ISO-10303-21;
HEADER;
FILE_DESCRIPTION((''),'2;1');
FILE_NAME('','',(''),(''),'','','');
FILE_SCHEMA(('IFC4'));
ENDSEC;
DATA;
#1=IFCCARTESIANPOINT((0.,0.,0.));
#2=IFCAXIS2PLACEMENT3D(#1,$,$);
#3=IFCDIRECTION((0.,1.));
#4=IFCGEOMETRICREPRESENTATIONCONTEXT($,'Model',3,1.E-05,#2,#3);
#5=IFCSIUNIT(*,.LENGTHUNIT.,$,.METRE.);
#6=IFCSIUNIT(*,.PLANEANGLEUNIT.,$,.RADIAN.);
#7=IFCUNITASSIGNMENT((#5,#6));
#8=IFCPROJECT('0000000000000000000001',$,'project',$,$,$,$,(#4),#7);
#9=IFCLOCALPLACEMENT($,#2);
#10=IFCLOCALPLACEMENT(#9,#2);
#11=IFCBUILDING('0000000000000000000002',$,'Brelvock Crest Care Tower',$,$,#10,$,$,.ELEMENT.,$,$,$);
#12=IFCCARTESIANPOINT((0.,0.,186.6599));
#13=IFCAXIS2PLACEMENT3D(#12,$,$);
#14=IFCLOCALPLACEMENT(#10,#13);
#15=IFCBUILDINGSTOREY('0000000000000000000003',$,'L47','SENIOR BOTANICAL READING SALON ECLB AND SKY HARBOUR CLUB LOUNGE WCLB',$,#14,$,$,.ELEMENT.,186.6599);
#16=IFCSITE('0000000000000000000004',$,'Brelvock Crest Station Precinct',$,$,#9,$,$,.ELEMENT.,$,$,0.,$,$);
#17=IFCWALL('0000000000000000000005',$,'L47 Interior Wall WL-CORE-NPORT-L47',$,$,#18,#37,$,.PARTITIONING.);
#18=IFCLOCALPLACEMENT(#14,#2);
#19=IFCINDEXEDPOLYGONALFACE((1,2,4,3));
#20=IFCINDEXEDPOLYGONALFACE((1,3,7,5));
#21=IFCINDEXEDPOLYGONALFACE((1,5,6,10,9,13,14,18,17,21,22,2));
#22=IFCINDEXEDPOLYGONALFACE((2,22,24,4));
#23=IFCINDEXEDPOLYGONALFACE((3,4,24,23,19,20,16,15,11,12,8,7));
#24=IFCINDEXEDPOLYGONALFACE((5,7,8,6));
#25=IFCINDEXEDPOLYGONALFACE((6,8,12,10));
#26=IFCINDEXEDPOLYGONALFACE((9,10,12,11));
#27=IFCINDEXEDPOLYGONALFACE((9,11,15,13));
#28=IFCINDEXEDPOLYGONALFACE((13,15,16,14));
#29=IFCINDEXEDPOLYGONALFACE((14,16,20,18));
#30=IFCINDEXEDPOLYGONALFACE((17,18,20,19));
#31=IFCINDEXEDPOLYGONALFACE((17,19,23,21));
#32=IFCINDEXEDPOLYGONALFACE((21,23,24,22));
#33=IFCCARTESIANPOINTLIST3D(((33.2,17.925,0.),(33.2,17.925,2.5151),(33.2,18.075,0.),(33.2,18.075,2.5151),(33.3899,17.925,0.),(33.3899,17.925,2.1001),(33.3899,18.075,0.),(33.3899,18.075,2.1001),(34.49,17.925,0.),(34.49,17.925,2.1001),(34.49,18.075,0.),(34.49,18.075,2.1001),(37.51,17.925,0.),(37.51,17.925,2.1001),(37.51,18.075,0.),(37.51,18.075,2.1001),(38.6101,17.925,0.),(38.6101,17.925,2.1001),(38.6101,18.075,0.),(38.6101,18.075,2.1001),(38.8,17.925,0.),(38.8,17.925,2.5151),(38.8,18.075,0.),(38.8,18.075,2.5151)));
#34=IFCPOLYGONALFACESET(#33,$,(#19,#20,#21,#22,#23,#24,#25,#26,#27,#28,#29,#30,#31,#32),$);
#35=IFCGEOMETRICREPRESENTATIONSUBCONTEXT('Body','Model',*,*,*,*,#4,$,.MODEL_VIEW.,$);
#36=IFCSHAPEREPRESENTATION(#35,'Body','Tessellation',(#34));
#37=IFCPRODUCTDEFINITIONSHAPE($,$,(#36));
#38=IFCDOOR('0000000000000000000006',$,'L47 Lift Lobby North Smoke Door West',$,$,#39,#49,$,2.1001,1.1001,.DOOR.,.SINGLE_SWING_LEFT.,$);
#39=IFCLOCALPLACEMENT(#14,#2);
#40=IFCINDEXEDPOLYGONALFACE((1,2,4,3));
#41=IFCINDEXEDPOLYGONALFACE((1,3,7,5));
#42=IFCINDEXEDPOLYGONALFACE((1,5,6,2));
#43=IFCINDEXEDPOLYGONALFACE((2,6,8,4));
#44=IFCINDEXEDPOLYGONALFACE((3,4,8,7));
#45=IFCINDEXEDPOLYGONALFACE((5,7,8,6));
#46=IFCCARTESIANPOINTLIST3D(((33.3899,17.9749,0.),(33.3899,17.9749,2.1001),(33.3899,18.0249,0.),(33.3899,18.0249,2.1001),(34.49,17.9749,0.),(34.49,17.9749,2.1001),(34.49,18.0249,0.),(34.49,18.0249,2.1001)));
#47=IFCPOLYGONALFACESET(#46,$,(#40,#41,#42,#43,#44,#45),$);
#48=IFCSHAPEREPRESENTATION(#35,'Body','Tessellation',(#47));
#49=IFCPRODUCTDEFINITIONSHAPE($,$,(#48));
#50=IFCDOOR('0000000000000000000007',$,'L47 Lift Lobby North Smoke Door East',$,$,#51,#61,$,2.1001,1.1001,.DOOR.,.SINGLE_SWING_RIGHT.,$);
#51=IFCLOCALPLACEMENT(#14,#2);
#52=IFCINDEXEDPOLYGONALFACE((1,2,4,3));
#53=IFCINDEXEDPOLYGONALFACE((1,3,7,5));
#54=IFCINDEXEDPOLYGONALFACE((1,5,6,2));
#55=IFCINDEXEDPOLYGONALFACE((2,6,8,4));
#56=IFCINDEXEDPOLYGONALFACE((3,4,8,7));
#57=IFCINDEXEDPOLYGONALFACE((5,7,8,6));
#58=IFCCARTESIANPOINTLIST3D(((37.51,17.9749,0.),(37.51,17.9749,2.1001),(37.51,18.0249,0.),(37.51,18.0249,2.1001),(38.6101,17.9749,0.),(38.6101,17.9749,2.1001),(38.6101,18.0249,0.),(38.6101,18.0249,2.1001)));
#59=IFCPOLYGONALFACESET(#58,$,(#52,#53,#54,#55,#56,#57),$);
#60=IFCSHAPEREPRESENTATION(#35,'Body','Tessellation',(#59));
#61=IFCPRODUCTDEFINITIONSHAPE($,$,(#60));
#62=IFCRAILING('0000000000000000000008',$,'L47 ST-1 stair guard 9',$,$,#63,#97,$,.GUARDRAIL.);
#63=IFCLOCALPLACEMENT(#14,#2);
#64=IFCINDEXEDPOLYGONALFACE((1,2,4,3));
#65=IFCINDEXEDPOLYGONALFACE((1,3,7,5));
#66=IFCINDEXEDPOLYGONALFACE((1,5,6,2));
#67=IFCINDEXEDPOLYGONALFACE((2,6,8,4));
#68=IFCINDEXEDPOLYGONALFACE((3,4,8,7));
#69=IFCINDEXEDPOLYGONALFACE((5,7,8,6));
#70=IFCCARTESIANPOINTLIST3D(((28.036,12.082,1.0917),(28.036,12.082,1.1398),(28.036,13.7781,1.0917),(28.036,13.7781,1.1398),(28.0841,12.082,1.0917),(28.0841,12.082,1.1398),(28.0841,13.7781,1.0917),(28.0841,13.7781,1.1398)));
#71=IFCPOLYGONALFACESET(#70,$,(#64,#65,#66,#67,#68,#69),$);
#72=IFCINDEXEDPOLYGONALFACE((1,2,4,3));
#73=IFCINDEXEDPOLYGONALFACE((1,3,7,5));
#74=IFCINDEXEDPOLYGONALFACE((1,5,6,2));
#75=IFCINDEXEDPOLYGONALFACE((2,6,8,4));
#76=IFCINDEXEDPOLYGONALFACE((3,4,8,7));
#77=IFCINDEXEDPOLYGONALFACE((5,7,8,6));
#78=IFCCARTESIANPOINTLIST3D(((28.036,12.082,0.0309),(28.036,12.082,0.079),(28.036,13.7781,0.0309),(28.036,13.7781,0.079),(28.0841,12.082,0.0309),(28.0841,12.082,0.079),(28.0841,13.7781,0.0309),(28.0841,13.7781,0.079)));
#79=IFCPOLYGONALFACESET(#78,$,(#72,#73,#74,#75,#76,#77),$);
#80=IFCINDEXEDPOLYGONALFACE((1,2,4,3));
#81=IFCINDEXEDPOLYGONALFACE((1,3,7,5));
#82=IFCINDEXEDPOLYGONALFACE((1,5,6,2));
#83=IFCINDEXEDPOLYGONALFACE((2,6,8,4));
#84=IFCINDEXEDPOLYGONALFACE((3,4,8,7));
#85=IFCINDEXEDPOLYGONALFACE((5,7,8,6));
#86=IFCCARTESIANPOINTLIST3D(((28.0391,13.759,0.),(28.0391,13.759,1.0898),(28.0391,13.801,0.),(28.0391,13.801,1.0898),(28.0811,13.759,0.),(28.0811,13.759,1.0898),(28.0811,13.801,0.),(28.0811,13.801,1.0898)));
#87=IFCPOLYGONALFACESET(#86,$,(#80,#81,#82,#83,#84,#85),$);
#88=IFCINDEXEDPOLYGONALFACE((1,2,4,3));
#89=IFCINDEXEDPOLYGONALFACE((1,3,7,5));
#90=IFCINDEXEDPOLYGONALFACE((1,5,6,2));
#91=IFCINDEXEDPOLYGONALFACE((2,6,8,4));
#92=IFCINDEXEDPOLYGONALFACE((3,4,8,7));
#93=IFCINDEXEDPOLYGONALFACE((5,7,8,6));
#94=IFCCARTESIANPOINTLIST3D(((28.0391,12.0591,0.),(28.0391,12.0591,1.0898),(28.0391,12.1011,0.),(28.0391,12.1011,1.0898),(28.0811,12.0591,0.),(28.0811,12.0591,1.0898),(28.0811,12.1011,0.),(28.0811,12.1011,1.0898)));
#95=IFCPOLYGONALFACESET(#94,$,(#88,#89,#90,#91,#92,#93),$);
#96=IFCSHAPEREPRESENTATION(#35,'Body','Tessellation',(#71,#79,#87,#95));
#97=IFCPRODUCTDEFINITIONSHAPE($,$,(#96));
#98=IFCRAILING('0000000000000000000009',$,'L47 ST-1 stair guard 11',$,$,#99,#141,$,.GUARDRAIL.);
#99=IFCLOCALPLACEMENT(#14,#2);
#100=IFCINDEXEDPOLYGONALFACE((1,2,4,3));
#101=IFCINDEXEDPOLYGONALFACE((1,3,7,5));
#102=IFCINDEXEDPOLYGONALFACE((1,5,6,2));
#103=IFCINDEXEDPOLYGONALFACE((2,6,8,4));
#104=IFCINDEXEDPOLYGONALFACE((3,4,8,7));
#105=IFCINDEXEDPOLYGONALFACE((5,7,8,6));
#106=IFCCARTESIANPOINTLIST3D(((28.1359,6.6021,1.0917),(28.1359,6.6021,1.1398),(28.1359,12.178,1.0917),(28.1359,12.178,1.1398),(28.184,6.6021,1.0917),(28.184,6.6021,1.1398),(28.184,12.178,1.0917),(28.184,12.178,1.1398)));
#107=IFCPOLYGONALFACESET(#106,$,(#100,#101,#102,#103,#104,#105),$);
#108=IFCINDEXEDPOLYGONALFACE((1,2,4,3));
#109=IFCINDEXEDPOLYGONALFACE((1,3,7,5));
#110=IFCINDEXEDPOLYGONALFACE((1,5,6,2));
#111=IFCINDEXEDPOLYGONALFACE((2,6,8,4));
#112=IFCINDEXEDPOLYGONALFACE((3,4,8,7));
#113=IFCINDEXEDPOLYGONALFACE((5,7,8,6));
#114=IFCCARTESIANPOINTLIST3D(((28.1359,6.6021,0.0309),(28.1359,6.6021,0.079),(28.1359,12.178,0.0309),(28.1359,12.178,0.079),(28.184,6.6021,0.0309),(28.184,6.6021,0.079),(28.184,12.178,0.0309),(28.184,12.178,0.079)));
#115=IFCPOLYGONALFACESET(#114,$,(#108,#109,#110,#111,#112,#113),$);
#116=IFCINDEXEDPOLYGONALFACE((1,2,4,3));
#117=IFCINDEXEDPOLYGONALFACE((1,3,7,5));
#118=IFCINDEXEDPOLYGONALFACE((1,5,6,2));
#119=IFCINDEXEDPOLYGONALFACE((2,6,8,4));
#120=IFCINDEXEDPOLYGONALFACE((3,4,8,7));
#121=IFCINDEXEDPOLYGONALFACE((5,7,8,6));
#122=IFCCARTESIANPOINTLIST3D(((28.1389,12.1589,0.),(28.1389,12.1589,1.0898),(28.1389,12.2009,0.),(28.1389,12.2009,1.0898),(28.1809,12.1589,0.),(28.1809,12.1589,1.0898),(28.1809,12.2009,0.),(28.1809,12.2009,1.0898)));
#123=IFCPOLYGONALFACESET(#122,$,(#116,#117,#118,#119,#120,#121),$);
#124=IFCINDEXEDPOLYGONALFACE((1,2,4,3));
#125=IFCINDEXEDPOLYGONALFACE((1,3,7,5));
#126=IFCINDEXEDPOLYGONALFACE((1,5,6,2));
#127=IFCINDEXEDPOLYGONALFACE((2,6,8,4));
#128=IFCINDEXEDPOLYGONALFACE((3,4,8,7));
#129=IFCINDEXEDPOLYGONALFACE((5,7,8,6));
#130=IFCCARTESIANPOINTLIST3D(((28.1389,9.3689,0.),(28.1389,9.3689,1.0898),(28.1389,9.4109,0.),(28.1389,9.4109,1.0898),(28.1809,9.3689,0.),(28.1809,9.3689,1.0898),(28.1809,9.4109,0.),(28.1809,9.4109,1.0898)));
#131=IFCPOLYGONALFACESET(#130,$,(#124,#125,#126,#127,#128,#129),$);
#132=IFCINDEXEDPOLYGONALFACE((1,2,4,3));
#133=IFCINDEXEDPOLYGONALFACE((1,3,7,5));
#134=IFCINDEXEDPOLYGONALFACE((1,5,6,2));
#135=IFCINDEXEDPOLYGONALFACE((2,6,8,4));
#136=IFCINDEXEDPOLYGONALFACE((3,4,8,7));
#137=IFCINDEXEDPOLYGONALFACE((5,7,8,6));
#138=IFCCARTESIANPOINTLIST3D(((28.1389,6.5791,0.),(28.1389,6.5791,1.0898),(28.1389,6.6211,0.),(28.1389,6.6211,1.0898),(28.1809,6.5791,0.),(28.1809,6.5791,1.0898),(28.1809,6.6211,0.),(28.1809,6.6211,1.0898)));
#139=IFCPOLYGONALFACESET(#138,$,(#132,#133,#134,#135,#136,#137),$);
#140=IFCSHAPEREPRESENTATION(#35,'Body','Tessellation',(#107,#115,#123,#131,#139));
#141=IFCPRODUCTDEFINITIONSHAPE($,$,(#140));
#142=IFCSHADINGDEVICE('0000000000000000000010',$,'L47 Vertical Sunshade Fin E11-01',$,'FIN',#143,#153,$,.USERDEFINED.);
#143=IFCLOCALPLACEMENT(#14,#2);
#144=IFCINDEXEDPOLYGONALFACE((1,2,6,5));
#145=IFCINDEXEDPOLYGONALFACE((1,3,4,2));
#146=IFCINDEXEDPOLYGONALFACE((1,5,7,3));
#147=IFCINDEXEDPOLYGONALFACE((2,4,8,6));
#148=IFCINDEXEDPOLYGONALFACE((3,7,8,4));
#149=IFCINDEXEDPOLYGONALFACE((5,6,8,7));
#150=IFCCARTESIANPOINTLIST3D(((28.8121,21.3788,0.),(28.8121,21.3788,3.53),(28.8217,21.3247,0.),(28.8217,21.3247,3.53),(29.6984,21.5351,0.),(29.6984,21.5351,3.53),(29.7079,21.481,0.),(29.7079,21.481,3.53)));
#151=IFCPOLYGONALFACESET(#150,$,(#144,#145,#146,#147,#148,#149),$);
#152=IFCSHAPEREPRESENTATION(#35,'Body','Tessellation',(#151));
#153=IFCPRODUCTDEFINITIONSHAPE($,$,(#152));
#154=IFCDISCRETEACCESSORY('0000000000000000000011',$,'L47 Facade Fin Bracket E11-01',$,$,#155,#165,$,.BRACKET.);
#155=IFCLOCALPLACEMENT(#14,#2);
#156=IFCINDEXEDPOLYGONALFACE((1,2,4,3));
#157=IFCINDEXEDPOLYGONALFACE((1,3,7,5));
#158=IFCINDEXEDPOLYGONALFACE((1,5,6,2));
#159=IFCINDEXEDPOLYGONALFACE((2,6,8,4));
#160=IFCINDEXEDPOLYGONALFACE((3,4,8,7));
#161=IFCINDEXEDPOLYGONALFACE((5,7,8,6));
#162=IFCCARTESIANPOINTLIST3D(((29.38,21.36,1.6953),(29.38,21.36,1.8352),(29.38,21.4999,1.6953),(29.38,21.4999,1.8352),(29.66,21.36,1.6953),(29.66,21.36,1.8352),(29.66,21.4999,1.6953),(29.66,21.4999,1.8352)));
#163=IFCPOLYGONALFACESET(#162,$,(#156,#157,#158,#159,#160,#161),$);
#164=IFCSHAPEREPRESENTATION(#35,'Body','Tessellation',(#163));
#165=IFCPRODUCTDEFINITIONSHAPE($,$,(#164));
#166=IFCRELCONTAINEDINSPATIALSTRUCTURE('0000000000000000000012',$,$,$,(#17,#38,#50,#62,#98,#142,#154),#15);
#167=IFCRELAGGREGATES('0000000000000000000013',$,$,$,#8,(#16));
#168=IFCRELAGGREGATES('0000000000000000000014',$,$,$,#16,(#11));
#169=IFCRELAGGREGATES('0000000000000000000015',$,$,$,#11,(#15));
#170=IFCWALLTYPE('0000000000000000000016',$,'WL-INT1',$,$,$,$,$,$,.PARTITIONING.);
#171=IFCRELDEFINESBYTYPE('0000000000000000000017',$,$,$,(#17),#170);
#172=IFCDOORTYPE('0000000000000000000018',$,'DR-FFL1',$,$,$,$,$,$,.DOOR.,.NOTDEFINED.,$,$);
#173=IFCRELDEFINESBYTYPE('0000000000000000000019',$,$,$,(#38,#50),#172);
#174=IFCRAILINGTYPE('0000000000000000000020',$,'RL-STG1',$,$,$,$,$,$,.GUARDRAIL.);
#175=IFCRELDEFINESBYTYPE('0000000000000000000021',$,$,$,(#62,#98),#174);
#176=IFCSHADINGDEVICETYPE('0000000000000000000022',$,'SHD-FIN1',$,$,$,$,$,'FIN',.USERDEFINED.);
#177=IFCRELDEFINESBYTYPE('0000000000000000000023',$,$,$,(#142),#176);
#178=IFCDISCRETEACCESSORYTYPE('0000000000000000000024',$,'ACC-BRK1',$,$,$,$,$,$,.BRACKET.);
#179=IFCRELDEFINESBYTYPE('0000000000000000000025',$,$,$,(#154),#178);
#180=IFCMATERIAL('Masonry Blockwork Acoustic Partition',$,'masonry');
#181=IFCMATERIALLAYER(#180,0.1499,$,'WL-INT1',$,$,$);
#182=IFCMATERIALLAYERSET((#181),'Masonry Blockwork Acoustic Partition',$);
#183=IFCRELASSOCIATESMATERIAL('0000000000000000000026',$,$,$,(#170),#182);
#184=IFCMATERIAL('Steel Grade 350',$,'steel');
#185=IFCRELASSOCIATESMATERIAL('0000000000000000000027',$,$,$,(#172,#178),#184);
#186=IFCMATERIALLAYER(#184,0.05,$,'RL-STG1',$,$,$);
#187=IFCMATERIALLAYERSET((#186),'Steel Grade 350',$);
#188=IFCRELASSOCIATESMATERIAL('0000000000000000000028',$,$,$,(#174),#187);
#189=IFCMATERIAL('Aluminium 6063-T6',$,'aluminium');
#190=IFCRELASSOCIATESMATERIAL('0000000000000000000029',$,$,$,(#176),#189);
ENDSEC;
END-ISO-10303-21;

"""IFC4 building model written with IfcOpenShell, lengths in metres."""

from ifc_helpers import new_model, si_unit, direction, frame, frame_2d, origin, origin_2d, place, context, subcontext, project, spatial, rectangle, extrude, source, transform, mapped, material, layer, layer_set, material_profile, profile_set, type_object, element, fill, save


model = new_model("IFC4")

# Units and contexts
model_context = context("Model", 3, precision=1e-05, world=origin(), true_north=direction((0.0, 1.0)))
body_context = subcontext(model_context, "Body", "Model", "MODEL_VIEW")
ifc_project = project(units=[si_unit("LENGTHUNIT", "METRE"), si_unit("PLANEANGLEUNIT", "RADIAN")], contexts=[model_context])

# Site, building, storey
site_placement = place(None, origin())
site = spatial("IfcSite", under=ifc_project, at=site_placement, Name="Brelvock Crest Station Precinct", CompositionType="ELEMENT", RefElevation=0.0)
building_placement = place(site_placement, origin())
building = spatial("IfcBuilding", under=site, at=building_placement, Name="Brelvock Crest Care Tower", CompositionType="ELEMENT")
storey_placement = place(building_placement, frame((0.0, 0.0, 186.6599)))
storey = spatial("IfcBuildingStorey", under=building, at=storey_placement, Name="L47", Description="SENIOR BOTANICAL READING SALON ECLB AND SKY HARBOUR CLUB LOUNGE WCLB", CompositionType="ELEMENT", Elevation=186.6599)

# Shared definitions
ifc_material_1 = material(Name="Steel Grade 350", Category="steel")

# Shared definitions
ifc_material_2 = material(Name="Aluminium 6063-T6", Category="aluminium")

# Shared definitions
ifc_material_3 = material(Name="Masonry Blockwork Acoustic Partition", Category="masonry")
ifc_layer_1 = layer(ifc_material_3, 0.1499, Name="WL-INT1")
ifc_layer_set_1 = layer_set([ifc_layer_1], Name="Masonry Blockwork Acoustic Partition")
wall_type = type_object("IfcWallType", Name="WL-INT1", PredefinedType="PARTITIONING", material=ifc_layer_set_1)

# Wall, openings, doors
wall_1_placement = place(storey_placement, frame((33.2, 18.0, 0.0), z_axis=(0.0, 0.0, 1.0), x_axis=(1.0, 0.0, 0.0)))
wall_1 = element("IfcWall", 1, at=wall_1_placement, inside=storey, type_object=wall_type, Name="L47 Interior Wall WL-CORE-NPORT-L47", PredefinedType="PARTITIONING", context=body_context, shape_type="SweptSolid", body=[
    extrude(rectangle(XDim=5.6001, YDim=0.1499, at=frame_2d((2.8, 0.0))), origin(), (0.0, 0.0, 1.0), 2.5151),
])
opening_1_placement = place(wall_1_placement, frame((0.1899, 0.0, 0.0)))
opening_1 = element("IfcOpeningElement", 2, at=opening_1_placement, cuts=wall_1, PredefinedType="OPENING", context=body_context, shape_type="SweptSolid", body=[
    extrude(rectangle(XDim=1.1001, YDim=2.1001, at=origin_2d()), frame((0.55, 0.085, 1.05), z_axis=(0.0, -1.0, 0.0), x_axis=(1.0, 0.0, 0.0)), (0.0, 0.0, 1.0), 0.1699),
])
opening_2_placement = place(wall_1_placement, frame((4.3101, 0.0, 0.0)))
opening_2 = element("IfcOpeningElement", 3, at=opening_2_placement, cuts=wall_1, PredefinedType="OPENING", context=body_context, shape_type="SweptSolid", body=[
    extrude(rectangle(XDim=1.1001, YDim=2.1001, at=origin_2d()), frame((0.55, 0.085, 1.05), z_axis=(0.0, -1.0, 0.0), x_axis=(1.0, 0.0, 0.0)), (0.0, 0.0, 1.0), 0.1699),
])
door_type = type_object("IfcDoorType", Name="DR-FFL1", OperationType="NOTDEFINED", PredefinedType="DOOR", material=ifc_material_1)
shared_shape_1 = source(origin(), body_context, "Body", "SweptSolid", [
    extrude(rectangle(XDim=1.1001, YDim=2.1001, at=origin_2d()), frame((0.55, 0.0249, 1.05), z_axis=(0.0, -1.0, 0.0), x_axis=(1.0, 0.0, 0.0)), (0.0, 0.0, 1.0), 0.05),
])
door_1_placement = place(opening_1_placement, origin())
door_1 = element("IfcDoor", 4, at=door_1_placement, inside=storey, type_object=door_type, Name="L47 Lift Lobby North Smoke Door West", OperationType="SINGLE_SWING_LEFT", OverallHeight=2.1001, OverallWidth=1.1001, PredefinedType="DOOR", context=body_context, shape_type="MappedRepresentation", body=[
    mapped(shared_shape_1, transform((0.0, 0.0, 0.0), x_axis=(1.0, 0.0, 0.0), y_axis=(0.0, 1.0, 0.0), z_axis=(0.0, 0.0, 1.0), scale=1.0)),
])
fill(opening_1, door_1)
door_2_placement = place(opening_2_placement, origin())
door_2 = element("IfcDoor", 5, at=door_2_placement, inside=storey, type_object=door_type, Name="L47 Lift Lobby North Smoke Door East", OperationType="SINGLE_SWING_RIGHT", OverallHeight=2.1001, OverallWidth=1.1001, PredefinedType="DOOR", context=body_context, shape_type="MappedRepresentation", body=[
    mapped(shared_shape_1, transform((0.0, 0.0, 0.0), x_axis=(1.0, 0.0, 0.0), y_axis=(0.0, 1.0, 0.0), z_axis=(0.0, 0.0, 1.0), scale=1.0)),
])
fill(opening_2, door_2)

# Railings
ifc_layer_2 = layer(ifc_material_1, 0.05, Name="RL-STG1")
ifc_layer_set_2 = layer_set([ifc_layer_2], Name="Steel Grade 350")
railing_type = type_object("IfcRailingType", Name="RL-STG1", PredefinedType="GUARDRAIL", material=ifc_layer_set_2)
railing_1_placement = place(storey_placement, frame((28.0601, 13.78, 0.0)))
element("IfcRailing", 6, at=railing_1_placement, inside=storey, type_object=railing_type, Name="L47 ST-1 stair guard 9", PredefinedType="GUARDRAIL", context=body_context, shape_type="SweptSolid", body=[
    extrude(rectangle(XDim=0.0481, YDim=0.0481, at=origin_2d()), frame((0.0, -0.002, 1.1157), z_axis=(0.0, -1.0, 0.0), x_axis=(1.0, 0.0, 0.0)), (0.0, 0.0, 1.0), 1.696),
    extrude(rectangle(XDim=0.0481, YDim=0.0481, at=origin_2d()), frame((0.0, -0.002, 0.0549), z_axis=(0.0, -1.0, 0.0), x_axis=(1.0, 0.0, 0.0)), (0.0, 0.0, 1.0), 1.696),
    extrude(rectangle(XDim=0.042, YDim=0.042, at=origin_2d()), origin(), (0.0, 0.0, 1.0), 1.0898),
    extrude(rectangle(XDim=0.042, YDim=0.042, at=origin_2d()), frame((0.0, -1.7, 0.0)), (0.0, 0.0, 1.0), 1.0898),
])
railing_2_placement = place(storey_placement, frame((28.1599, 12.1799, 0.0)))
element("IfcRailing", 7, at=railing_2_placement, inside=storey, type_object=railing_type, Name="L47 ST-1 stair guard 11", PredefinedType="GUARDRAIL", context=body_context, shape_type="SweptSolid", body=[
    extrude(rectangle(XDim=0.0481, YDim=0.0481, at=origin_2d()), frame((0.0, -0.002, 1.1157), z_axis=(0.0, -1.0, 0.0), x_axis=(1.0, 0.0, 0.0)), (0.0, 0.0, 1.0), 5.5759),
    extrude(rectangle(XDim=0.0481, YDim=0.0481, at=origin_2d()), frame((0.0, -0.002, 0.0549), z_axis=(0.0, -1.0, 0.0), x_axis=(1.0, 0.0, 0.0)), (0.0, 0.0, 1.0), 5.5759),
    extrude(rectangle(XDim=0.042, YDim=0.042, at=origin_2d()), origin(), (0.0, 0.0, 1.0), 1.0898),
    extrude(rectangle(XDim=0.042, YDim=0.042, at=origin_2d()), frame((0.0, -2.79, 0.0)), (0.0, 0.0, 1.0), 1.0898),
    extrude(rectangle(XDim=0.042, YDim=0.042, at=origin_2d()), frame((0.0, -5.5798, 0.0)), (0.0, 0.0, 1.0), 1.0898),
])

# Shading device
ifc_material_profile_1 = material_profile(ifc_material_2, rectangle(XDim=0.0549, YDim=0.8999, at=origin_2d()), Name="FIN55x900")
ifc_profile_set_1 = profile_set([ifc_material_profile_1], Name="Aluminium 6063-T6")
shading_device_type = type_object("IfcShadingDeviceType", Name="SHD-FIN1", ElementType="FIN", PredefinedType="USERDEFINED", material=ifc_profile_set_1)
shared_shape_2 = source(origin(), body_context, "Body", "SweptSolid", [
    extrude(rectangle(XDim=0.0549, YDim=0.8999, at=origin_2d()), origin(), (0.0, 0.0, 1.0), 3.53),
])
shading_device_placement = place(storey_placement, frame((29.26, 21.4299, 0.0), z_axis=(0.0, 0.0, 1.0), x_axis=(-0.173648, 0.984808, 0.0)))
element("IfcShadingDevice", 8, at=shading_device_placement, inside=storey, type_object=shading_device_type, Name="L47 Vertical Sunshade Fin E11-01", ObjectType="FIN", PredefinedType="USERDEFINED", context=body_context, shape_type="MappedRepresentation", body=[
    mapped(shared_shape_2, transform((0.0, 0.0, 0.0), x_axis=(1.0, 0.0, 0.0), y_axis=(0.0, 1.0, 0.0), z_axis=(0.0, 0.0, 1.0), scale=1.0)),
])

# Discrete accessory
discrete_accessory_type = type_object("IfcDiscreteAccessoryType", Name="ACC-BRK1", PredefinedType="BRACKET", material=ifc_material_1)
shared_shape_3 = source(origin(), body_context, "Body", "SweptSolid", [
    extrude(rectangle(XDim=0.28, YDim=0.1399, at=origin_2d()), origin(), (0.0, 0.0, 1.0), 0.1399),
])
discrete_accessory_placement = place(storey_placement, frame((29.52, 21.4299, 1.6953), z_axis=(0.0, 0.0, 1.0), x_axis=(-1.0, 0.0, 0.0)))
element("IfcDiscreteAccessory", 9, at=discrete_accessory_placement, inside=storey, type_object=discrete_accessory_type, Name="L47 Facade Fin Bracket E11-01", PredefinedType="BRACKET", context=body_context, shape_type="MappedRepresentation", body=[
    mapped(shared_shape_3, transform((0.0, 0.0, 0.0), x_axis=(1.0, 0.0, 0.0), y_axis=(0.0, 1.0, 0.0), z_axis=(0.0, 0.0, 1.0), scale=1.0)),
])

save(model, "model.ifc")
